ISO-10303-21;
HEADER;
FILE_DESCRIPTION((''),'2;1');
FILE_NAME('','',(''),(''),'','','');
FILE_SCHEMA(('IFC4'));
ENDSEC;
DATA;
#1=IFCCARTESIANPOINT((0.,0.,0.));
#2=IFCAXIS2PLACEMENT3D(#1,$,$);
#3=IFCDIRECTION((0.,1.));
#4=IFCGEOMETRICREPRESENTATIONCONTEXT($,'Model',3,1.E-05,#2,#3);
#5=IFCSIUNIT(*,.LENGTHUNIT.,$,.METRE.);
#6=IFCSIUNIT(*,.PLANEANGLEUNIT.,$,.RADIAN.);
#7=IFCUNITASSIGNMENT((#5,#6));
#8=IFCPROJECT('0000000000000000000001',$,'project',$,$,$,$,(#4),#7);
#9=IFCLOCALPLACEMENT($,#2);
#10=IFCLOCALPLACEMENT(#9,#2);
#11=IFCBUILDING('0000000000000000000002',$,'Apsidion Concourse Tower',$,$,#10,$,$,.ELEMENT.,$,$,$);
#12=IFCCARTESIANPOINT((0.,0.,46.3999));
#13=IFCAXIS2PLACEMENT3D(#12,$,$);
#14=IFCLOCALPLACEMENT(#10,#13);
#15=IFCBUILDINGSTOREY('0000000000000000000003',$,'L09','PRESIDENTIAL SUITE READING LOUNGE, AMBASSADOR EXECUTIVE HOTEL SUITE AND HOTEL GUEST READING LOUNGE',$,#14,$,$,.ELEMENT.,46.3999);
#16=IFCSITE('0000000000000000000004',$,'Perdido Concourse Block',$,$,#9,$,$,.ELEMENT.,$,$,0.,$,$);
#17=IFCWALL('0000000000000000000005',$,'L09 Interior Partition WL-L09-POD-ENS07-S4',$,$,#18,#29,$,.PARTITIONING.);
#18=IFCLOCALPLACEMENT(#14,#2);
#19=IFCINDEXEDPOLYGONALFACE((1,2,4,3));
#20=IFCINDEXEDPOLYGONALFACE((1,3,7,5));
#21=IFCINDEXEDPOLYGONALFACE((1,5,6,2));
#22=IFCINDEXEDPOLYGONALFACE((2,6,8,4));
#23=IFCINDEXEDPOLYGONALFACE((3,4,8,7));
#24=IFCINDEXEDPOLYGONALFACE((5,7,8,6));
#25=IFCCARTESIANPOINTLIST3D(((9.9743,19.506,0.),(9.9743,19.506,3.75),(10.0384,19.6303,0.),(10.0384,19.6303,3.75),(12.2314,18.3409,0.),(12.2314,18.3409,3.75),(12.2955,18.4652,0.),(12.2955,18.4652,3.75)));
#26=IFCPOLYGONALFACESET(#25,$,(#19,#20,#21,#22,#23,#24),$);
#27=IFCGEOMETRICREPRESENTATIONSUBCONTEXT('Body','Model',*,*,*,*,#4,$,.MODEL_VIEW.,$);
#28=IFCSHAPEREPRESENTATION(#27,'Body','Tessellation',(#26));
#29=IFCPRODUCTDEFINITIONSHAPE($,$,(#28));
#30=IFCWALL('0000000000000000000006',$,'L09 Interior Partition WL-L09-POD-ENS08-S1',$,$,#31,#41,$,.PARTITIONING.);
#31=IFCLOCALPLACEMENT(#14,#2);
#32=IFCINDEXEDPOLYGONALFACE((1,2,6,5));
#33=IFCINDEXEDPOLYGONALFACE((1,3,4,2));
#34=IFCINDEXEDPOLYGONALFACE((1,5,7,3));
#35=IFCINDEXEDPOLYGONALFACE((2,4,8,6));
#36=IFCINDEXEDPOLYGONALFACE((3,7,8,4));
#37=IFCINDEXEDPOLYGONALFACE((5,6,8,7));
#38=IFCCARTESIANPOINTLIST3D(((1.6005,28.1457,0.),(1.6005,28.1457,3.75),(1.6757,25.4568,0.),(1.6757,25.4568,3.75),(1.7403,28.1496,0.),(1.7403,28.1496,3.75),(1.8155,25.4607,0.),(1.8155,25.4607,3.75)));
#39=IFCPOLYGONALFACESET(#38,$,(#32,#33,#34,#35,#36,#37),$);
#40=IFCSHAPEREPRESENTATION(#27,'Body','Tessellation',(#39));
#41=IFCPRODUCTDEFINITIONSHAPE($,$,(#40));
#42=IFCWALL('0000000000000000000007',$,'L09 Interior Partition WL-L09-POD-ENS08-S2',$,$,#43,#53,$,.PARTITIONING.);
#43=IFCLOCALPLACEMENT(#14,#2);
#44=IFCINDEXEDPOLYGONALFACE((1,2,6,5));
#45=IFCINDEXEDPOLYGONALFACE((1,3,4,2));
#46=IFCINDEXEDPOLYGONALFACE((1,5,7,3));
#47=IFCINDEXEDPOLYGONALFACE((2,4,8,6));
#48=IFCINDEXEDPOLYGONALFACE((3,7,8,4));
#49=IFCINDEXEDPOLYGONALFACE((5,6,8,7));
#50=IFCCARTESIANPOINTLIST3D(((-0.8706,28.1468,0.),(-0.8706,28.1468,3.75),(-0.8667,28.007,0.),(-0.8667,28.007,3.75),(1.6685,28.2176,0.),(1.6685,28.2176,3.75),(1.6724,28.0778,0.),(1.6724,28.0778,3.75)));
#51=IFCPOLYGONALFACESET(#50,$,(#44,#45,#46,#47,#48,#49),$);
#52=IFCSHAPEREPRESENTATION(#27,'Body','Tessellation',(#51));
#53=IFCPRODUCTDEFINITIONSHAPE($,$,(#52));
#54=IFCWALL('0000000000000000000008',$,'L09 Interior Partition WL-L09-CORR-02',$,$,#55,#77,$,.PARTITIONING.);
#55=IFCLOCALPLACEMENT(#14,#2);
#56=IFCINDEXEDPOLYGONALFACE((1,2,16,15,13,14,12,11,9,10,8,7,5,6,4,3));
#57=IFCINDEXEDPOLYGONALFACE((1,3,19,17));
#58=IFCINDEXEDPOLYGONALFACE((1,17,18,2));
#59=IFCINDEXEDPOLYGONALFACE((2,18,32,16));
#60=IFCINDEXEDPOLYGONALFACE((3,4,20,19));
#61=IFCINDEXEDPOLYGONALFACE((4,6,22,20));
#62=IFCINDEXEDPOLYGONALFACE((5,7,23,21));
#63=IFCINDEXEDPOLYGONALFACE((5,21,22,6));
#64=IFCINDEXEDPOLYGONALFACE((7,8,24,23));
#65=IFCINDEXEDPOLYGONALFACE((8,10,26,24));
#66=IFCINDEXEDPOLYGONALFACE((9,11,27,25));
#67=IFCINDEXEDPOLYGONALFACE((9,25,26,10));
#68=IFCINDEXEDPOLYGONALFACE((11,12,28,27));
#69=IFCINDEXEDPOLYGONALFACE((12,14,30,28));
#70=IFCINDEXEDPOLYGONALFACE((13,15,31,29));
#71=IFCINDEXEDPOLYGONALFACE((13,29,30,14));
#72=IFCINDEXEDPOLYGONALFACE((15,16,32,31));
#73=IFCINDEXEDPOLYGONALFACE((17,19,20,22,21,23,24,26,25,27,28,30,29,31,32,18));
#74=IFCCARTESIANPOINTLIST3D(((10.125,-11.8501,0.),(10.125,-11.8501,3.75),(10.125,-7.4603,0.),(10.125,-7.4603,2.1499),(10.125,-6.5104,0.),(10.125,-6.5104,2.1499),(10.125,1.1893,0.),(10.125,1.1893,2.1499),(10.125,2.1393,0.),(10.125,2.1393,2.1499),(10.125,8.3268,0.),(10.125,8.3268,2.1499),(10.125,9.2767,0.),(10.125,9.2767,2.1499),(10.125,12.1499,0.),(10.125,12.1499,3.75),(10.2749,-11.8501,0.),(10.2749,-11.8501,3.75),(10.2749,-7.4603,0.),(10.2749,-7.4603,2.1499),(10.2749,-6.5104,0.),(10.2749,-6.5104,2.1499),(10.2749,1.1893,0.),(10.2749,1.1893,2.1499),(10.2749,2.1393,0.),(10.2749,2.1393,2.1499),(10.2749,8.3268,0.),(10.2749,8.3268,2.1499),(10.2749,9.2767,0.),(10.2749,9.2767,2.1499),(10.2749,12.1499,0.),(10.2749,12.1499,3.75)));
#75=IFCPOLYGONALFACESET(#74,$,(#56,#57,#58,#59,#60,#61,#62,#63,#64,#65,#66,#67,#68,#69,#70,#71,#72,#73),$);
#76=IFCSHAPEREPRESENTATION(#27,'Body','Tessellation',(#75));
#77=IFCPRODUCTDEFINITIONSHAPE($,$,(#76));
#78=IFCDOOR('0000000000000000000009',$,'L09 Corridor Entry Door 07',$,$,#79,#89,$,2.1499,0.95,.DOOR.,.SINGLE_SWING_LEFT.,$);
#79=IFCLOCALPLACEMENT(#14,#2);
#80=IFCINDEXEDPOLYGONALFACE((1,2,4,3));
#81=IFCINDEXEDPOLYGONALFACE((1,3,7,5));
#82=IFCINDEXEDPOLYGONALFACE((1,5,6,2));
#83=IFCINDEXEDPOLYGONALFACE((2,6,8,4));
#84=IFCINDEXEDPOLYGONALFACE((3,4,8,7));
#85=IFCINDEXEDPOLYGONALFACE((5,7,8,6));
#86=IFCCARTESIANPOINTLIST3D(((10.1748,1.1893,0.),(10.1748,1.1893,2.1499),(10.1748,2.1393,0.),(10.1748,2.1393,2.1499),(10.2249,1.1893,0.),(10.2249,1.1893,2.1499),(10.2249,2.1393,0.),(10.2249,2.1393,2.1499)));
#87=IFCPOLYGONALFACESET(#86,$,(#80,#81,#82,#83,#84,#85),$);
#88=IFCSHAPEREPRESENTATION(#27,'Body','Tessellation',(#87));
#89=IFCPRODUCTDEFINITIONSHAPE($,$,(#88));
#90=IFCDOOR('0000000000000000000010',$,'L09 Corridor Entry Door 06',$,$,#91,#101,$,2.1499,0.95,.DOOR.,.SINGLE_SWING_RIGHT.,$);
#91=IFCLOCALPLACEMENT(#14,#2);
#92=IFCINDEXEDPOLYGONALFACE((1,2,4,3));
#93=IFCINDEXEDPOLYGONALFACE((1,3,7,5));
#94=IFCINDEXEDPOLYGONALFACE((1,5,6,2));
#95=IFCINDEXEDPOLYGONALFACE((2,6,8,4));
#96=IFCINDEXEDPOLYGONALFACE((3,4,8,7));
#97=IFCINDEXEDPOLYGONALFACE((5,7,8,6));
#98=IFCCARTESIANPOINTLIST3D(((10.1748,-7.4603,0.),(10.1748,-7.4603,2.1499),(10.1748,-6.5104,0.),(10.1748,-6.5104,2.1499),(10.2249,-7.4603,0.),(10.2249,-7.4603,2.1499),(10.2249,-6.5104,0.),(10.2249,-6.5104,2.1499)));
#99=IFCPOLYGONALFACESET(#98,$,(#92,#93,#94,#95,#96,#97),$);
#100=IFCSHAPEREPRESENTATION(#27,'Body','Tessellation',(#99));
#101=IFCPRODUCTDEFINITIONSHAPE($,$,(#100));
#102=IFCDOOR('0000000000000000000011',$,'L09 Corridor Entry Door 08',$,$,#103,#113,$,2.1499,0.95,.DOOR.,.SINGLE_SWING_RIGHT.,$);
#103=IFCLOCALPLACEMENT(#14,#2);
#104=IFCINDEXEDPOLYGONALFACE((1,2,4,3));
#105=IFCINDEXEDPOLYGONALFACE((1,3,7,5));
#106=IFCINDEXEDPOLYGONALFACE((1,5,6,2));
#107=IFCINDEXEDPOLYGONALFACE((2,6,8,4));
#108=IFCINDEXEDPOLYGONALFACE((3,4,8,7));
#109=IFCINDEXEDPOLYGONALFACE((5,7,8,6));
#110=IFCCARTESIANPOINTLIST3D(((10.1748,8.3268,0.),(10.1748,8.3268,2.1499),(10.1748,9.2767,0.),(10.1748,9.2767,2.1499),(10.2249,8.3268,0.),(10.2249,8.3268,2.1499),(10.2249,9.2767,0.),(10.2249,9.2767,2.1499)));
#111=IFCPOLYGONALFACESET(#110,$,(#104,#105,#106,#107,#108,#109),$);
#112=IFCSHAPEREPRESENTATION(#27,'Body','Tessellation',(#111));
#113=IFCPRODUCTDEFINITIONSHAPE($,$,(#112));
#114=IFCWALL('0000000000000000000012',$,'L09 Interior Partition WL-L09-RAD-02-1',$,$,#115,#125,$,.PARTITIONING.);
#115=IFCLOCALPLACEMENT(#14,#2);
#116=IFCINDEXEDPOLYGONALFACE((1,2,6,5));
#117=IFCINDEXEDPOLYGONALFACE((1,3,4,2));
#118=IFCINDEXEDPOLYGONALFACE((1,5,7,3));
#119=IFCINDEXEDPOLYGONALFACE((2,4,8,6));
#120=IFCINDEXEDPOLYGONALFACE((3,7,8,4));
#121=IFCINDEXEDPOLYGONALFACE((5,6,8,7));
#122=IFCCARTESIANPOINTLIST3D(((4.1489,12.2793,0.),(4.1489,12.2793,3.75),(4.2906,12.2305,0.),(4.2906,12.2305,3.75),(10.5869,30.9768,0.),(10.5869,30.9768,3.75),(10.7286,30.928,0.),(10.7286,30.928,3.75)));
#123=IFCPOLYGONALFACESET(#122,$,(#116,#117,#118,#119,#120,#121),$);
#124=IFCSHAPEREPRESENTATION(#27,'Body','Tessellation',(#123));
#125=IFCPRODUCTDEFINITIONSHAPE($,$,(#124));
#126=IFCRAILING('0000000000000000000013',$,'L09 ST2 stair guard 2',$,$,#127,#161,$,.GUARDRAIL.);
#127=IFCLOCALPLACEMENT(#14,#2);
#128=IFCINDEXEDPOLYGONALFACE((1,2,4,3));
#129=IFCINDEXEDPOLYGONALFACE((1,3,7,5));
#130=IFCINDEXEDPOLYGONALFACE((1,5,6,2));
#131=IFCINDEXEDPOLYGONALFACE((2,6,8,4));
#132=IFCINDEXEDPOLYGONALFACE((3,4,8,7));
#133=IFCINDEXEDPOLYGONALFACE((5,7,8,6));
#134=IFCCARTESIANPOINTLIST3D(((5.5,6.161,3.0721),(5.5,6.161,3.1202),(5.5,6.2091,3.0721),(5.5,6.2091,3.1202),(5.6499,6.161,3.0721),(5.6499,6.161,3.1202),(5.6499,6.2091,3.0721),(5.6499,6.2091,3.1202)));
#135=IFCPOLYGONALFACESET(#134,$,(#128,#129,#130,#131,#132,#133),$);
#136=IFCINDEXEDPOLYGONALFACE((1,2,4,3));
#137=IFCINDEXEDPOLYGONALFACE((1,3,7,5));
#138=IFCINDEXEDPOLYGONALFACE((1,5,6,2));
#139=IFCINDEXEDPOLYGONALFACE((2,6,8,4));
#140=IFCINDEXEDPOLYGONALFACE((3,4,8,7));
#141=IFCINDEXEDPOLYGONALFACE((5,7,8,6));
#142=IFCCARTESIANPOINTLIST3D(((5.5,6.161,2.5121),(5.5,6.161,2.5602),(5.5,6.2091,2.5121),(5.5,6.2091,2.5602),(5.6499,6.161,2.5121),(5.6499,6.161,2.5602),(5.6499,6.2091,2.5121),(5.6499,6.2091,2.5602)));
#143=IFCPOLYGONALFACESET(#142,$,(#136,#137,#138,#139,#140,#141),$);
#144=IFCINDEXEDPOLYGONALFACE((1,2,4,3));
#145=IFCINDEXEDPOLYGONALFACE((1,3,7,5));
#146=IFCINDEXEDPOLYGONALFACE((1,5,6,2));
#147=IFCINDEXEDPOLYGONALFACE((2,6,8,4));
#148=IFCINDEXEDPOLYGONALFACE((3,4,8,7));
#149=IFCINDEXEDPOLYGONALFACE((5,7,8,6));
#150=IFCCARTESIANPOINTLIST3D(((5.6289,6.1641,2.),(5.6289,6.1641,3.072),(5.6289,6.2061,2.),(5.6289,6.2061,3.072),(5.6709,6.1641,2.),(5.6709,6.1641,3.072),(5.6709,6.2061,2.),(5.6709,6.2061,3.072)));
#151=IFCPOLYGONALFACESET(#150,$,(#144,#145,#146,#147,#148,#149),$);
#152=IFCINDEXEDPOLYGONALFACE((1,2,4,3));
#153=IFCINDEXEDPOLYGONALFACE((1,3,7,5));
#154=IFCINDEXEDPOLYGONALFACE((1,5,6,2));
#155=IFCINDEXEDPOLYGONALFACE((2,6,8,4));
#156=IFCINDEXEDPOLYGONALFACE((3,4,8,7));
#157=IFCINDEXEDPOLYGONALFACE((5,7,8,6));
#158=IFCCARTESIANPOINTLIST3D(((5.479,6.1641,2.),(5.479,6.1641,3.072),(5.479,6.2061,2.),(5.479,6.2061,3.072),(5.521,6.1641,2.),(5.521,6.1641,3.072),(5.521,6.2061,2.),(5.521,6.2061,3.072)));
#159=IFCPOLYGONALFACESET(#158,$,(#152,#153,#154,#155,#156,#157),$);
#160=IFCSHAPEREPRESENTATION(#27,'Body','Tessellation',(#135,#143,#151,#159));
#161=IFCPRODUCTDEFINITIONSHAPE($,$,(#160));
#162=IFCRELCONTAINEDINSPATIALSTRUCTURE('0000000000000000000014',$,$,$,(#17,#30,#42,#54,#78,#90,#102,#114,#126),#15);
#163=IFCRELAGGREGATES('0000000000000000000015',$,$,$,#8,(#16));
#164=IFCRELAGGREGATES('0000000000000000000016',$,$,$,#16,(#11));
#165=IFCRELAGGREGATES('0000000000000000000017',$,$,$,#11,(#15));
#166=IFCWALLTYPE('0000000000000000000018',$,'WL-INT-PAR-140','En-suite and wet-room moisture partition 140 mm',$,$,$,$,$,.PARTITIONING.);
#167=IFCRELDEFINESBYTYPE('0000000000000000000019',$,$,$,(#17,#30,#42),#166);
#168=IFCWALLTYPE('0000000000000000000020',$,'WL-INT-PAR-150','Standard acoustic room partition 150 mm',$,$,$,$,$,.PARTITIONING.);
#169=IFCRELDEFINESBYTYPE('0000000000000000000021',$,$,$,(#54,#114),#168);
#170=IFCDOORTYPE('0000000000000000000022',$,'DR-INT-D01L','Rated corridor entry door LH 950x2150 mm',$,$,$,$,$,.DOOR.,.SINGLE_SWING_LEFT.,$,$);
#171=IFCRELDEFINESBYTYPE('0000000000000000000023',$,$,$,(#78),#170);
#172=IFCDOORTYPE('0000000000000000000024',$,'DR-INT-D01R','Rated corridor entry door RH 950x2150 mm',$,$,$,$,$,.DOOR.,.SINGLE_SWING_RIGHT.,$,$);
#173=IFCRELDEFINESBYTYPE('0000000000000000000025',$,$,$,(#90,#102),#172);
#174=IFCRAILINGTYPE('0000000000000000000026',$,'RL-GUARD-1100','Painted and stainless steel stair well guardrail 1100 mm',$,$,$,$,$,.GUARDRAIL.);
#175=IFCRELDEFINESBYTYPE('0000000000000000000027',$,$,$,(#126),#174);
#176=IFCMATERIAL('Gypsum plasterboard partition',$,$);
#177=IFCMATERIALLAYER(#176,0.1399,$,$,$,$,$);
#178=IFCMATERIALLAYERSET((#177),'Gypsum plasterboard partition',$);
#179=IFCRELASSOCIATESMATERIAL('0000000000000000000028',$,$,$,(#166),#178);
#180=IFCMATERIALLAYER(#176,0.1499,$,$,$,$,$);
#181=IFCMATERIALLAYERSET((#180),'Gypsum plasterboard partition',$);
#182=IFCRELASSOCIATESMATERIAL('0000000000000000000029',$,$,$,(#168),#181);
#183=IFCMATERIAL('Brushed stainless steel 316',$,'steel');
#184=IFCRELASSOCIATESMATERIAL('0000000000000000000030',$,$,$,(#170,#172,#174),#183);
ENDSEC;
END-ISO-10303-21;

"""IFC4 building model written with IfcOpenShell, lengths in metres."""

from ifc_helpers import new_model, si_unit, direction, frame, frame_2d, origin, origin_2d, place, context, subcontext, project, spatial, rectangle, extrude, material, layer, layer_set, type_object, element, fill, save


model = new_model("IFC4")

# Units and contexts
model_context = context("Model", 3, precision=1e-05, world=origin(), true_north=direction((0.0, 1.0)))
body_context = subcontext(model_context, "Body", "Model", "MODEL_VIEW")
ifc_project = project(units=[si_unit("LENGTHUNIT", "METRE"), si_unit("PLANEANGLEUNIT", "RADIAN")], contexts=[model_context])

# Site, building, storey
site_placement = place(None, origin())
site = spatial("IfcSite", under=ifc_project, at=site_placement, Name="Perdido Concourse Block", CompositionType="ELEMENT", RefElevation=0.0)
building_placement = place(site_placement, origin())
building = spatial("IfcBuilding", under=site, at=building_placement, Name="Apsidion Concourse Tower", CompositionType="ELEMENT")
storey_placement = place(building_placement, frame((0.0, 0.0, 46.3999)))
storey = spatial("IfcBuildingStorey", under=building, at=storey_placement, Name="L09", Description="PRESIDENTIAL SUITE READING LOUNGE, AMBASSADOR EXECUTIVE HOTEL SUITE AND HOTEL GUEST READING LOUNGE", CompositionType="ELEMENT", Elevation=46.3999)

# Shared definitions
ifc_material_1 = material(Name="Gypsum plasterboard partition")
ifc_layer_1 = layer(ifc_material_1, 0.1399)
ifc_layer_set_1 = layer_set([ifc_layer_1], Name="Gypsum plasterboard partition")
wall_type_1 = type_object("IfcWallType", Name="WL-INT-PAR-140", Description="En-suite and wet-room moisture partition 140 mm", PredefinedType="PARTITIONING", material=ifc_layer_set_1)

# Walls
wall_1_placement = place(storey_placement, frame((10.0063, 19.5681, 0.0), z_axis=(0.0, 0.0, 1.0), x_axis=(0.888605, -0.458672, 0.0)))
element("IfcWall", 1, at=wall_1_placement, inside=storey, type_object=wall_type_1, Name="L09 Interior Partition WL-L09-POD-ENS07-S4", PredefinedType="PARTITIONING", context=body_context, shape_type="SweptSolid", body=[
    extrude(rectangle(XDim=2.54, YDim=0.1399, at=frame_2d((1.27, 0.0))), origin(), (0.0, 0.0, 1.0), 3.75),
])
wall_2_placement = place(storey_placement, frame((1.7456, 25.4587, 0.0), z_axis=(0.0, 0.0, 1.0), x_axis=(-0.027953, 0.999609, 0.0)))
element("IfcWall", 2, at=wall_2_placement, inside=storey, type_object=wall_type_1, Name="L09 Interior Partition WL-L09-POD-ENS08-S1", PredefinedType="PARTITIONING", context=body_context, shape_type="SweptSolid", body=[
    extrude(rectangle(XDim=2.6899, YDim=0.1399, at=frame_2d((1.345, 0.0))), origin(), (0.0, 0.0, 1.0), 3.75),
])
wall_3_placement = place(storey_placement, frame((1.6704, 28.1477, 0.0), z_axis=(0.0, 0.0, 1.0), x_axis=(-0.999611, -0.027874, 0.0)))
element("IfcWall", 3, at=wall_3_placement, inside=storey, type_object=wall_type_1, Name="L09 Interior Partition WL-L09-POD-ENS08-S2", PredefinedType="PARTITIONING", context=body_context, shape_type="SweptSolid", body=[
    extrude(rectangle(XDim=2.54, YDim=0.1399, at=frame_2d((1.27, 0.0))), origin(), (0.0, 0.0, 1.0), 3.75),
])

# Wall, openings, doors
ifc_layer_2 = layer(ifc_material_1, 0.1499)
ifc_layer_set_2 = layer_set([ifc_layer_2], Name="Gypsum plasterboard partition")
wall_type_2 = type_object("IfcWallType", Name="WL-INT-PAR-150", Description="Standard acoustic room partition 150 mm", PredefinedType="PARTITIONING", material=ifc_layer_set_2)
wall_4_placement = place(storey_placement, frame((10.2, 12.1499, 0.0), z_axis=(0.0, 0.0, 1.0), x_axis=(0.0, -1.0, 0.0)))
wall_4 = element("IfcWall", 4, at=wall_4_placement, inside=storey, type_object=wall_type_2, Name="L09 Interior Partition WL-L09-CORR-02", PredefinedType="PARTITIONING", context=body_context, shape_type="SweptSolid", body=[
    extrude(rectangle(XDim=24.0, YDim=0.1499, at=frame_2d((12.0, 0.0))), origin(), (0.0, 0.0, 1.0), 3.75),
])
opening_1_placement = place(wall_4_placement, frame((18.6602, 0.0, 0.0)))
opening_1 = element("IfcOpeningElement", 5, at=opening_1_placement, cuts=wall_4, PredefinedType="OPENING", context=body_context, shape_type="SweptSolid", body=[
    extrude(rectangle(XDim=0.95, YDim=2.1499, at=frame_2d((0.4751, 1.075))), frame((0.0, 0.085, 0.0), z_axis=(0.0, -1.0, 0.0), x_axis=(1.0, 0.0, 0.0)), (0.0, 0.0, 1.0), 0.1699),
])
opening_2_placement = place(wall_4_placement, frame((10.0105, 0.0, 0.0)))
opening_2 = element("IfcOpeningElement", 6, at=opening_2_placement, cuts=wall_4, PredefinedType="OPENING", context=body_context, shape_type="SweptSolid", body=[
    extrude(rectangle(XDim=0.95, YDim=2.1499, at=frame_2d((0.4751, 1.075))), frame((0.0, 0.085, 0.0), z_axis=(0.0, -1.0, 0.0), x_axis=(1.0, 0.0, 0.0)), (0.0, 0.0, 1.0), 0.1699),
])
opening_3_placement = place(wall_4_placement, frame((2.873, 0.0, 0.0)))
opening_3 = element("IfcOpeningElement", 7, at=opening_3_placement, cuts=wall_4, PredefinedType="OPENING", context=body_context, shape_type="SweptSolid", body=[
    extrude(rectangle(XDim=0.95, YDim=2.1499, at=frame_2d((0.4751, 1.075))), frame((0.0, 0.085, 0.0), z_axis=(0.0, -1.0, 0.0), x_axis=(1.0, 0.0, 0.0)), (0.0, 0.0, 1.0), 0.1699),
])
ifc_material_2 = material(Name="Brushed stainless steel 316", Category="steel")
door_type_1 = type_object("IfcDoorType", Name="DR-INT-D01L", Description="Rated corridor entry door LH 950x2150 mm", OperationType="SINGLE_SWING_LEFT", PredefinedType="DOOR", material=ifc_material_2)
door_1_placement = place(opening_2_placement, origin())
door_1 = element("IfcDoor", 8, at=door_1_placement, inside=storey, type_object=door_type_1, Name="L09 Corridor Entry Door 07", OperationType="SINGLE_SWING_LEFT", OverallHeight=2.1499, OverallWidth=0.95, PredefinedType="DOOR", context=body_context, shape_type="SweptSolid", body=[
    extrude(rectangle(XDim=0.95, YDim=2.1499, at=frame_2d((0.4751, 1.075))), frame((0.0, 0.0249, 0.0), z_axis=(0.0, -1.0, 0.0), x_axis=(1.0, 0.0, 0.0)), (0.0, 0.0, 1.0), 0.05),
])
fill(opening_2, door_1)
door_type_2 = type_object("IfcDoorType", Name="DR-INT-D01R", Description="Rated corridor entry door RH 950x2150 mm", OperationType="SINGLE_SWING_RIGHT", PredefinedType="DOOR", material=ifc_material_2)
door_2_placement = place(opening_1_placement, origin())
door_2 = element("IfcDoor", 9, at=door_2_placement, inside=storey, type_object=door_type_2, Name="L09 Corridor Entry Door 06", OperationType="SINGLE_SWING_RIGHT", OverallHeight=2.1499, OverallWidth=0.95, PredefinedType="DOOR", context=body_context, shape_type="SweptSolid", body=[
    extrude(rectangle(XDim=0.95, YDim=2.1499, at=frame_2d((0.4751, 1.075))), frame((0.0, 0.0249, 0.0), z_axis=(0.0, -1.0, 0.0), x_axis=(1.0, 0.0, 0.0)), (0.0, 0.0, 1.0), 0.05),
])
fill(opening_1, door_2)
door_3_placement = place(opening_3_placement, origin())
door_3 = element("IfcDoor", 10, at=door_3_placement, inside=storey, type_object=door_type_2, Name="L09 Corridor Entry Door 08", OperationType="SINGLE_SWING_RIGHT", OverallHeight=2.1499, OverallWidth=0.95, PredefinedType="DOOR", context=body_context, shape_type="SweptSolid", body=[
    extrude(rectangle(XDim=0.95, YDim=2.1499, at=frame_2d((0.4751, 1.075))), frame((0.0, 0.0249, 0.0), z_axis=(0.0, -1.0, 0.0), x_axis=(1.0, 0.0, 0.0)), (0.0, 0.0, 1.0), 0.05),
])
fill(opening_3, door_3)

# Wall
wall_5_placement = place(storey_placement, frame((4.2197, 12.2549, 0.0), z_axis=(0.0, 0.0, 1.0), x_axis=(0.325565, 0.94552, 0.0)))
element("IfcWall", 11, at=wall_5_placement, inside=storey, type_object=wall_type_2, Name="L09 Interior Partition WL-L09-RAD-02-1", PredefinedType="PARTITIONING", context=body_context, shape_type="SweptSolid", body=[
    extrude(rectangle(XDim=19.7749, YDim=0.1499, at=frame_2d((9.8875, 0.0))), origin(), (0.0, 0.0, 1.0), 3.75),
])

# Railing
railing_type = type_object("IfcRailingType", Name="RL-GUARD-1100", Description="Painted and stainless steel stair well guardrail 1100 mm", PredefinedType="GUARDRAIL", material=ifc_material_2)
railing_1_placement = place(storey_placement, frame((5.6499, 6.1851, 2.0)))
element("IfcRailing", 12, at=railing_1_placement, inside=storey, type_object=railing_type, Name="L09 ST2 stair guard 2", PredefinedType="GUARDRAIL", context=body_context, shape_type="SweptSolid", body=[
    extrude(rectangle(XDim=0.0481, YDim=0.0481, at=origin_2d()), frame((0.0, 0.0, 1.0962), z_axis=(-1.0, 0.0, 0.0), x_axis=(0.0, -1.0, 0.0)), (0.0, 0.0, 1.0), 0.1499),
    extrude(rectangle(XDim=0.0481, YDim=0.0481, at=origin_2d()), frame((0.0, 0.0, 0.5361), z_axis=(-1.0, 0.0, 0.0), x_axis=(0.0, -1.0, 0.0)), (0.0, 0.0, 1.0), 0.1499),
    extrude(rectangle(XDim=0.042, YDim=0.042, at=origin_2d()), origin(), (0.0, 0.0, 1.0), 1.072),
    extrude(rectangle(XDim=0.042, YDim=0.042, at=origin_2d()), frame((-0.1499, 0.0, 0.0)), (0.0, 0.0, 1.0), 1.072),
])

save(model, "model.ifc")
